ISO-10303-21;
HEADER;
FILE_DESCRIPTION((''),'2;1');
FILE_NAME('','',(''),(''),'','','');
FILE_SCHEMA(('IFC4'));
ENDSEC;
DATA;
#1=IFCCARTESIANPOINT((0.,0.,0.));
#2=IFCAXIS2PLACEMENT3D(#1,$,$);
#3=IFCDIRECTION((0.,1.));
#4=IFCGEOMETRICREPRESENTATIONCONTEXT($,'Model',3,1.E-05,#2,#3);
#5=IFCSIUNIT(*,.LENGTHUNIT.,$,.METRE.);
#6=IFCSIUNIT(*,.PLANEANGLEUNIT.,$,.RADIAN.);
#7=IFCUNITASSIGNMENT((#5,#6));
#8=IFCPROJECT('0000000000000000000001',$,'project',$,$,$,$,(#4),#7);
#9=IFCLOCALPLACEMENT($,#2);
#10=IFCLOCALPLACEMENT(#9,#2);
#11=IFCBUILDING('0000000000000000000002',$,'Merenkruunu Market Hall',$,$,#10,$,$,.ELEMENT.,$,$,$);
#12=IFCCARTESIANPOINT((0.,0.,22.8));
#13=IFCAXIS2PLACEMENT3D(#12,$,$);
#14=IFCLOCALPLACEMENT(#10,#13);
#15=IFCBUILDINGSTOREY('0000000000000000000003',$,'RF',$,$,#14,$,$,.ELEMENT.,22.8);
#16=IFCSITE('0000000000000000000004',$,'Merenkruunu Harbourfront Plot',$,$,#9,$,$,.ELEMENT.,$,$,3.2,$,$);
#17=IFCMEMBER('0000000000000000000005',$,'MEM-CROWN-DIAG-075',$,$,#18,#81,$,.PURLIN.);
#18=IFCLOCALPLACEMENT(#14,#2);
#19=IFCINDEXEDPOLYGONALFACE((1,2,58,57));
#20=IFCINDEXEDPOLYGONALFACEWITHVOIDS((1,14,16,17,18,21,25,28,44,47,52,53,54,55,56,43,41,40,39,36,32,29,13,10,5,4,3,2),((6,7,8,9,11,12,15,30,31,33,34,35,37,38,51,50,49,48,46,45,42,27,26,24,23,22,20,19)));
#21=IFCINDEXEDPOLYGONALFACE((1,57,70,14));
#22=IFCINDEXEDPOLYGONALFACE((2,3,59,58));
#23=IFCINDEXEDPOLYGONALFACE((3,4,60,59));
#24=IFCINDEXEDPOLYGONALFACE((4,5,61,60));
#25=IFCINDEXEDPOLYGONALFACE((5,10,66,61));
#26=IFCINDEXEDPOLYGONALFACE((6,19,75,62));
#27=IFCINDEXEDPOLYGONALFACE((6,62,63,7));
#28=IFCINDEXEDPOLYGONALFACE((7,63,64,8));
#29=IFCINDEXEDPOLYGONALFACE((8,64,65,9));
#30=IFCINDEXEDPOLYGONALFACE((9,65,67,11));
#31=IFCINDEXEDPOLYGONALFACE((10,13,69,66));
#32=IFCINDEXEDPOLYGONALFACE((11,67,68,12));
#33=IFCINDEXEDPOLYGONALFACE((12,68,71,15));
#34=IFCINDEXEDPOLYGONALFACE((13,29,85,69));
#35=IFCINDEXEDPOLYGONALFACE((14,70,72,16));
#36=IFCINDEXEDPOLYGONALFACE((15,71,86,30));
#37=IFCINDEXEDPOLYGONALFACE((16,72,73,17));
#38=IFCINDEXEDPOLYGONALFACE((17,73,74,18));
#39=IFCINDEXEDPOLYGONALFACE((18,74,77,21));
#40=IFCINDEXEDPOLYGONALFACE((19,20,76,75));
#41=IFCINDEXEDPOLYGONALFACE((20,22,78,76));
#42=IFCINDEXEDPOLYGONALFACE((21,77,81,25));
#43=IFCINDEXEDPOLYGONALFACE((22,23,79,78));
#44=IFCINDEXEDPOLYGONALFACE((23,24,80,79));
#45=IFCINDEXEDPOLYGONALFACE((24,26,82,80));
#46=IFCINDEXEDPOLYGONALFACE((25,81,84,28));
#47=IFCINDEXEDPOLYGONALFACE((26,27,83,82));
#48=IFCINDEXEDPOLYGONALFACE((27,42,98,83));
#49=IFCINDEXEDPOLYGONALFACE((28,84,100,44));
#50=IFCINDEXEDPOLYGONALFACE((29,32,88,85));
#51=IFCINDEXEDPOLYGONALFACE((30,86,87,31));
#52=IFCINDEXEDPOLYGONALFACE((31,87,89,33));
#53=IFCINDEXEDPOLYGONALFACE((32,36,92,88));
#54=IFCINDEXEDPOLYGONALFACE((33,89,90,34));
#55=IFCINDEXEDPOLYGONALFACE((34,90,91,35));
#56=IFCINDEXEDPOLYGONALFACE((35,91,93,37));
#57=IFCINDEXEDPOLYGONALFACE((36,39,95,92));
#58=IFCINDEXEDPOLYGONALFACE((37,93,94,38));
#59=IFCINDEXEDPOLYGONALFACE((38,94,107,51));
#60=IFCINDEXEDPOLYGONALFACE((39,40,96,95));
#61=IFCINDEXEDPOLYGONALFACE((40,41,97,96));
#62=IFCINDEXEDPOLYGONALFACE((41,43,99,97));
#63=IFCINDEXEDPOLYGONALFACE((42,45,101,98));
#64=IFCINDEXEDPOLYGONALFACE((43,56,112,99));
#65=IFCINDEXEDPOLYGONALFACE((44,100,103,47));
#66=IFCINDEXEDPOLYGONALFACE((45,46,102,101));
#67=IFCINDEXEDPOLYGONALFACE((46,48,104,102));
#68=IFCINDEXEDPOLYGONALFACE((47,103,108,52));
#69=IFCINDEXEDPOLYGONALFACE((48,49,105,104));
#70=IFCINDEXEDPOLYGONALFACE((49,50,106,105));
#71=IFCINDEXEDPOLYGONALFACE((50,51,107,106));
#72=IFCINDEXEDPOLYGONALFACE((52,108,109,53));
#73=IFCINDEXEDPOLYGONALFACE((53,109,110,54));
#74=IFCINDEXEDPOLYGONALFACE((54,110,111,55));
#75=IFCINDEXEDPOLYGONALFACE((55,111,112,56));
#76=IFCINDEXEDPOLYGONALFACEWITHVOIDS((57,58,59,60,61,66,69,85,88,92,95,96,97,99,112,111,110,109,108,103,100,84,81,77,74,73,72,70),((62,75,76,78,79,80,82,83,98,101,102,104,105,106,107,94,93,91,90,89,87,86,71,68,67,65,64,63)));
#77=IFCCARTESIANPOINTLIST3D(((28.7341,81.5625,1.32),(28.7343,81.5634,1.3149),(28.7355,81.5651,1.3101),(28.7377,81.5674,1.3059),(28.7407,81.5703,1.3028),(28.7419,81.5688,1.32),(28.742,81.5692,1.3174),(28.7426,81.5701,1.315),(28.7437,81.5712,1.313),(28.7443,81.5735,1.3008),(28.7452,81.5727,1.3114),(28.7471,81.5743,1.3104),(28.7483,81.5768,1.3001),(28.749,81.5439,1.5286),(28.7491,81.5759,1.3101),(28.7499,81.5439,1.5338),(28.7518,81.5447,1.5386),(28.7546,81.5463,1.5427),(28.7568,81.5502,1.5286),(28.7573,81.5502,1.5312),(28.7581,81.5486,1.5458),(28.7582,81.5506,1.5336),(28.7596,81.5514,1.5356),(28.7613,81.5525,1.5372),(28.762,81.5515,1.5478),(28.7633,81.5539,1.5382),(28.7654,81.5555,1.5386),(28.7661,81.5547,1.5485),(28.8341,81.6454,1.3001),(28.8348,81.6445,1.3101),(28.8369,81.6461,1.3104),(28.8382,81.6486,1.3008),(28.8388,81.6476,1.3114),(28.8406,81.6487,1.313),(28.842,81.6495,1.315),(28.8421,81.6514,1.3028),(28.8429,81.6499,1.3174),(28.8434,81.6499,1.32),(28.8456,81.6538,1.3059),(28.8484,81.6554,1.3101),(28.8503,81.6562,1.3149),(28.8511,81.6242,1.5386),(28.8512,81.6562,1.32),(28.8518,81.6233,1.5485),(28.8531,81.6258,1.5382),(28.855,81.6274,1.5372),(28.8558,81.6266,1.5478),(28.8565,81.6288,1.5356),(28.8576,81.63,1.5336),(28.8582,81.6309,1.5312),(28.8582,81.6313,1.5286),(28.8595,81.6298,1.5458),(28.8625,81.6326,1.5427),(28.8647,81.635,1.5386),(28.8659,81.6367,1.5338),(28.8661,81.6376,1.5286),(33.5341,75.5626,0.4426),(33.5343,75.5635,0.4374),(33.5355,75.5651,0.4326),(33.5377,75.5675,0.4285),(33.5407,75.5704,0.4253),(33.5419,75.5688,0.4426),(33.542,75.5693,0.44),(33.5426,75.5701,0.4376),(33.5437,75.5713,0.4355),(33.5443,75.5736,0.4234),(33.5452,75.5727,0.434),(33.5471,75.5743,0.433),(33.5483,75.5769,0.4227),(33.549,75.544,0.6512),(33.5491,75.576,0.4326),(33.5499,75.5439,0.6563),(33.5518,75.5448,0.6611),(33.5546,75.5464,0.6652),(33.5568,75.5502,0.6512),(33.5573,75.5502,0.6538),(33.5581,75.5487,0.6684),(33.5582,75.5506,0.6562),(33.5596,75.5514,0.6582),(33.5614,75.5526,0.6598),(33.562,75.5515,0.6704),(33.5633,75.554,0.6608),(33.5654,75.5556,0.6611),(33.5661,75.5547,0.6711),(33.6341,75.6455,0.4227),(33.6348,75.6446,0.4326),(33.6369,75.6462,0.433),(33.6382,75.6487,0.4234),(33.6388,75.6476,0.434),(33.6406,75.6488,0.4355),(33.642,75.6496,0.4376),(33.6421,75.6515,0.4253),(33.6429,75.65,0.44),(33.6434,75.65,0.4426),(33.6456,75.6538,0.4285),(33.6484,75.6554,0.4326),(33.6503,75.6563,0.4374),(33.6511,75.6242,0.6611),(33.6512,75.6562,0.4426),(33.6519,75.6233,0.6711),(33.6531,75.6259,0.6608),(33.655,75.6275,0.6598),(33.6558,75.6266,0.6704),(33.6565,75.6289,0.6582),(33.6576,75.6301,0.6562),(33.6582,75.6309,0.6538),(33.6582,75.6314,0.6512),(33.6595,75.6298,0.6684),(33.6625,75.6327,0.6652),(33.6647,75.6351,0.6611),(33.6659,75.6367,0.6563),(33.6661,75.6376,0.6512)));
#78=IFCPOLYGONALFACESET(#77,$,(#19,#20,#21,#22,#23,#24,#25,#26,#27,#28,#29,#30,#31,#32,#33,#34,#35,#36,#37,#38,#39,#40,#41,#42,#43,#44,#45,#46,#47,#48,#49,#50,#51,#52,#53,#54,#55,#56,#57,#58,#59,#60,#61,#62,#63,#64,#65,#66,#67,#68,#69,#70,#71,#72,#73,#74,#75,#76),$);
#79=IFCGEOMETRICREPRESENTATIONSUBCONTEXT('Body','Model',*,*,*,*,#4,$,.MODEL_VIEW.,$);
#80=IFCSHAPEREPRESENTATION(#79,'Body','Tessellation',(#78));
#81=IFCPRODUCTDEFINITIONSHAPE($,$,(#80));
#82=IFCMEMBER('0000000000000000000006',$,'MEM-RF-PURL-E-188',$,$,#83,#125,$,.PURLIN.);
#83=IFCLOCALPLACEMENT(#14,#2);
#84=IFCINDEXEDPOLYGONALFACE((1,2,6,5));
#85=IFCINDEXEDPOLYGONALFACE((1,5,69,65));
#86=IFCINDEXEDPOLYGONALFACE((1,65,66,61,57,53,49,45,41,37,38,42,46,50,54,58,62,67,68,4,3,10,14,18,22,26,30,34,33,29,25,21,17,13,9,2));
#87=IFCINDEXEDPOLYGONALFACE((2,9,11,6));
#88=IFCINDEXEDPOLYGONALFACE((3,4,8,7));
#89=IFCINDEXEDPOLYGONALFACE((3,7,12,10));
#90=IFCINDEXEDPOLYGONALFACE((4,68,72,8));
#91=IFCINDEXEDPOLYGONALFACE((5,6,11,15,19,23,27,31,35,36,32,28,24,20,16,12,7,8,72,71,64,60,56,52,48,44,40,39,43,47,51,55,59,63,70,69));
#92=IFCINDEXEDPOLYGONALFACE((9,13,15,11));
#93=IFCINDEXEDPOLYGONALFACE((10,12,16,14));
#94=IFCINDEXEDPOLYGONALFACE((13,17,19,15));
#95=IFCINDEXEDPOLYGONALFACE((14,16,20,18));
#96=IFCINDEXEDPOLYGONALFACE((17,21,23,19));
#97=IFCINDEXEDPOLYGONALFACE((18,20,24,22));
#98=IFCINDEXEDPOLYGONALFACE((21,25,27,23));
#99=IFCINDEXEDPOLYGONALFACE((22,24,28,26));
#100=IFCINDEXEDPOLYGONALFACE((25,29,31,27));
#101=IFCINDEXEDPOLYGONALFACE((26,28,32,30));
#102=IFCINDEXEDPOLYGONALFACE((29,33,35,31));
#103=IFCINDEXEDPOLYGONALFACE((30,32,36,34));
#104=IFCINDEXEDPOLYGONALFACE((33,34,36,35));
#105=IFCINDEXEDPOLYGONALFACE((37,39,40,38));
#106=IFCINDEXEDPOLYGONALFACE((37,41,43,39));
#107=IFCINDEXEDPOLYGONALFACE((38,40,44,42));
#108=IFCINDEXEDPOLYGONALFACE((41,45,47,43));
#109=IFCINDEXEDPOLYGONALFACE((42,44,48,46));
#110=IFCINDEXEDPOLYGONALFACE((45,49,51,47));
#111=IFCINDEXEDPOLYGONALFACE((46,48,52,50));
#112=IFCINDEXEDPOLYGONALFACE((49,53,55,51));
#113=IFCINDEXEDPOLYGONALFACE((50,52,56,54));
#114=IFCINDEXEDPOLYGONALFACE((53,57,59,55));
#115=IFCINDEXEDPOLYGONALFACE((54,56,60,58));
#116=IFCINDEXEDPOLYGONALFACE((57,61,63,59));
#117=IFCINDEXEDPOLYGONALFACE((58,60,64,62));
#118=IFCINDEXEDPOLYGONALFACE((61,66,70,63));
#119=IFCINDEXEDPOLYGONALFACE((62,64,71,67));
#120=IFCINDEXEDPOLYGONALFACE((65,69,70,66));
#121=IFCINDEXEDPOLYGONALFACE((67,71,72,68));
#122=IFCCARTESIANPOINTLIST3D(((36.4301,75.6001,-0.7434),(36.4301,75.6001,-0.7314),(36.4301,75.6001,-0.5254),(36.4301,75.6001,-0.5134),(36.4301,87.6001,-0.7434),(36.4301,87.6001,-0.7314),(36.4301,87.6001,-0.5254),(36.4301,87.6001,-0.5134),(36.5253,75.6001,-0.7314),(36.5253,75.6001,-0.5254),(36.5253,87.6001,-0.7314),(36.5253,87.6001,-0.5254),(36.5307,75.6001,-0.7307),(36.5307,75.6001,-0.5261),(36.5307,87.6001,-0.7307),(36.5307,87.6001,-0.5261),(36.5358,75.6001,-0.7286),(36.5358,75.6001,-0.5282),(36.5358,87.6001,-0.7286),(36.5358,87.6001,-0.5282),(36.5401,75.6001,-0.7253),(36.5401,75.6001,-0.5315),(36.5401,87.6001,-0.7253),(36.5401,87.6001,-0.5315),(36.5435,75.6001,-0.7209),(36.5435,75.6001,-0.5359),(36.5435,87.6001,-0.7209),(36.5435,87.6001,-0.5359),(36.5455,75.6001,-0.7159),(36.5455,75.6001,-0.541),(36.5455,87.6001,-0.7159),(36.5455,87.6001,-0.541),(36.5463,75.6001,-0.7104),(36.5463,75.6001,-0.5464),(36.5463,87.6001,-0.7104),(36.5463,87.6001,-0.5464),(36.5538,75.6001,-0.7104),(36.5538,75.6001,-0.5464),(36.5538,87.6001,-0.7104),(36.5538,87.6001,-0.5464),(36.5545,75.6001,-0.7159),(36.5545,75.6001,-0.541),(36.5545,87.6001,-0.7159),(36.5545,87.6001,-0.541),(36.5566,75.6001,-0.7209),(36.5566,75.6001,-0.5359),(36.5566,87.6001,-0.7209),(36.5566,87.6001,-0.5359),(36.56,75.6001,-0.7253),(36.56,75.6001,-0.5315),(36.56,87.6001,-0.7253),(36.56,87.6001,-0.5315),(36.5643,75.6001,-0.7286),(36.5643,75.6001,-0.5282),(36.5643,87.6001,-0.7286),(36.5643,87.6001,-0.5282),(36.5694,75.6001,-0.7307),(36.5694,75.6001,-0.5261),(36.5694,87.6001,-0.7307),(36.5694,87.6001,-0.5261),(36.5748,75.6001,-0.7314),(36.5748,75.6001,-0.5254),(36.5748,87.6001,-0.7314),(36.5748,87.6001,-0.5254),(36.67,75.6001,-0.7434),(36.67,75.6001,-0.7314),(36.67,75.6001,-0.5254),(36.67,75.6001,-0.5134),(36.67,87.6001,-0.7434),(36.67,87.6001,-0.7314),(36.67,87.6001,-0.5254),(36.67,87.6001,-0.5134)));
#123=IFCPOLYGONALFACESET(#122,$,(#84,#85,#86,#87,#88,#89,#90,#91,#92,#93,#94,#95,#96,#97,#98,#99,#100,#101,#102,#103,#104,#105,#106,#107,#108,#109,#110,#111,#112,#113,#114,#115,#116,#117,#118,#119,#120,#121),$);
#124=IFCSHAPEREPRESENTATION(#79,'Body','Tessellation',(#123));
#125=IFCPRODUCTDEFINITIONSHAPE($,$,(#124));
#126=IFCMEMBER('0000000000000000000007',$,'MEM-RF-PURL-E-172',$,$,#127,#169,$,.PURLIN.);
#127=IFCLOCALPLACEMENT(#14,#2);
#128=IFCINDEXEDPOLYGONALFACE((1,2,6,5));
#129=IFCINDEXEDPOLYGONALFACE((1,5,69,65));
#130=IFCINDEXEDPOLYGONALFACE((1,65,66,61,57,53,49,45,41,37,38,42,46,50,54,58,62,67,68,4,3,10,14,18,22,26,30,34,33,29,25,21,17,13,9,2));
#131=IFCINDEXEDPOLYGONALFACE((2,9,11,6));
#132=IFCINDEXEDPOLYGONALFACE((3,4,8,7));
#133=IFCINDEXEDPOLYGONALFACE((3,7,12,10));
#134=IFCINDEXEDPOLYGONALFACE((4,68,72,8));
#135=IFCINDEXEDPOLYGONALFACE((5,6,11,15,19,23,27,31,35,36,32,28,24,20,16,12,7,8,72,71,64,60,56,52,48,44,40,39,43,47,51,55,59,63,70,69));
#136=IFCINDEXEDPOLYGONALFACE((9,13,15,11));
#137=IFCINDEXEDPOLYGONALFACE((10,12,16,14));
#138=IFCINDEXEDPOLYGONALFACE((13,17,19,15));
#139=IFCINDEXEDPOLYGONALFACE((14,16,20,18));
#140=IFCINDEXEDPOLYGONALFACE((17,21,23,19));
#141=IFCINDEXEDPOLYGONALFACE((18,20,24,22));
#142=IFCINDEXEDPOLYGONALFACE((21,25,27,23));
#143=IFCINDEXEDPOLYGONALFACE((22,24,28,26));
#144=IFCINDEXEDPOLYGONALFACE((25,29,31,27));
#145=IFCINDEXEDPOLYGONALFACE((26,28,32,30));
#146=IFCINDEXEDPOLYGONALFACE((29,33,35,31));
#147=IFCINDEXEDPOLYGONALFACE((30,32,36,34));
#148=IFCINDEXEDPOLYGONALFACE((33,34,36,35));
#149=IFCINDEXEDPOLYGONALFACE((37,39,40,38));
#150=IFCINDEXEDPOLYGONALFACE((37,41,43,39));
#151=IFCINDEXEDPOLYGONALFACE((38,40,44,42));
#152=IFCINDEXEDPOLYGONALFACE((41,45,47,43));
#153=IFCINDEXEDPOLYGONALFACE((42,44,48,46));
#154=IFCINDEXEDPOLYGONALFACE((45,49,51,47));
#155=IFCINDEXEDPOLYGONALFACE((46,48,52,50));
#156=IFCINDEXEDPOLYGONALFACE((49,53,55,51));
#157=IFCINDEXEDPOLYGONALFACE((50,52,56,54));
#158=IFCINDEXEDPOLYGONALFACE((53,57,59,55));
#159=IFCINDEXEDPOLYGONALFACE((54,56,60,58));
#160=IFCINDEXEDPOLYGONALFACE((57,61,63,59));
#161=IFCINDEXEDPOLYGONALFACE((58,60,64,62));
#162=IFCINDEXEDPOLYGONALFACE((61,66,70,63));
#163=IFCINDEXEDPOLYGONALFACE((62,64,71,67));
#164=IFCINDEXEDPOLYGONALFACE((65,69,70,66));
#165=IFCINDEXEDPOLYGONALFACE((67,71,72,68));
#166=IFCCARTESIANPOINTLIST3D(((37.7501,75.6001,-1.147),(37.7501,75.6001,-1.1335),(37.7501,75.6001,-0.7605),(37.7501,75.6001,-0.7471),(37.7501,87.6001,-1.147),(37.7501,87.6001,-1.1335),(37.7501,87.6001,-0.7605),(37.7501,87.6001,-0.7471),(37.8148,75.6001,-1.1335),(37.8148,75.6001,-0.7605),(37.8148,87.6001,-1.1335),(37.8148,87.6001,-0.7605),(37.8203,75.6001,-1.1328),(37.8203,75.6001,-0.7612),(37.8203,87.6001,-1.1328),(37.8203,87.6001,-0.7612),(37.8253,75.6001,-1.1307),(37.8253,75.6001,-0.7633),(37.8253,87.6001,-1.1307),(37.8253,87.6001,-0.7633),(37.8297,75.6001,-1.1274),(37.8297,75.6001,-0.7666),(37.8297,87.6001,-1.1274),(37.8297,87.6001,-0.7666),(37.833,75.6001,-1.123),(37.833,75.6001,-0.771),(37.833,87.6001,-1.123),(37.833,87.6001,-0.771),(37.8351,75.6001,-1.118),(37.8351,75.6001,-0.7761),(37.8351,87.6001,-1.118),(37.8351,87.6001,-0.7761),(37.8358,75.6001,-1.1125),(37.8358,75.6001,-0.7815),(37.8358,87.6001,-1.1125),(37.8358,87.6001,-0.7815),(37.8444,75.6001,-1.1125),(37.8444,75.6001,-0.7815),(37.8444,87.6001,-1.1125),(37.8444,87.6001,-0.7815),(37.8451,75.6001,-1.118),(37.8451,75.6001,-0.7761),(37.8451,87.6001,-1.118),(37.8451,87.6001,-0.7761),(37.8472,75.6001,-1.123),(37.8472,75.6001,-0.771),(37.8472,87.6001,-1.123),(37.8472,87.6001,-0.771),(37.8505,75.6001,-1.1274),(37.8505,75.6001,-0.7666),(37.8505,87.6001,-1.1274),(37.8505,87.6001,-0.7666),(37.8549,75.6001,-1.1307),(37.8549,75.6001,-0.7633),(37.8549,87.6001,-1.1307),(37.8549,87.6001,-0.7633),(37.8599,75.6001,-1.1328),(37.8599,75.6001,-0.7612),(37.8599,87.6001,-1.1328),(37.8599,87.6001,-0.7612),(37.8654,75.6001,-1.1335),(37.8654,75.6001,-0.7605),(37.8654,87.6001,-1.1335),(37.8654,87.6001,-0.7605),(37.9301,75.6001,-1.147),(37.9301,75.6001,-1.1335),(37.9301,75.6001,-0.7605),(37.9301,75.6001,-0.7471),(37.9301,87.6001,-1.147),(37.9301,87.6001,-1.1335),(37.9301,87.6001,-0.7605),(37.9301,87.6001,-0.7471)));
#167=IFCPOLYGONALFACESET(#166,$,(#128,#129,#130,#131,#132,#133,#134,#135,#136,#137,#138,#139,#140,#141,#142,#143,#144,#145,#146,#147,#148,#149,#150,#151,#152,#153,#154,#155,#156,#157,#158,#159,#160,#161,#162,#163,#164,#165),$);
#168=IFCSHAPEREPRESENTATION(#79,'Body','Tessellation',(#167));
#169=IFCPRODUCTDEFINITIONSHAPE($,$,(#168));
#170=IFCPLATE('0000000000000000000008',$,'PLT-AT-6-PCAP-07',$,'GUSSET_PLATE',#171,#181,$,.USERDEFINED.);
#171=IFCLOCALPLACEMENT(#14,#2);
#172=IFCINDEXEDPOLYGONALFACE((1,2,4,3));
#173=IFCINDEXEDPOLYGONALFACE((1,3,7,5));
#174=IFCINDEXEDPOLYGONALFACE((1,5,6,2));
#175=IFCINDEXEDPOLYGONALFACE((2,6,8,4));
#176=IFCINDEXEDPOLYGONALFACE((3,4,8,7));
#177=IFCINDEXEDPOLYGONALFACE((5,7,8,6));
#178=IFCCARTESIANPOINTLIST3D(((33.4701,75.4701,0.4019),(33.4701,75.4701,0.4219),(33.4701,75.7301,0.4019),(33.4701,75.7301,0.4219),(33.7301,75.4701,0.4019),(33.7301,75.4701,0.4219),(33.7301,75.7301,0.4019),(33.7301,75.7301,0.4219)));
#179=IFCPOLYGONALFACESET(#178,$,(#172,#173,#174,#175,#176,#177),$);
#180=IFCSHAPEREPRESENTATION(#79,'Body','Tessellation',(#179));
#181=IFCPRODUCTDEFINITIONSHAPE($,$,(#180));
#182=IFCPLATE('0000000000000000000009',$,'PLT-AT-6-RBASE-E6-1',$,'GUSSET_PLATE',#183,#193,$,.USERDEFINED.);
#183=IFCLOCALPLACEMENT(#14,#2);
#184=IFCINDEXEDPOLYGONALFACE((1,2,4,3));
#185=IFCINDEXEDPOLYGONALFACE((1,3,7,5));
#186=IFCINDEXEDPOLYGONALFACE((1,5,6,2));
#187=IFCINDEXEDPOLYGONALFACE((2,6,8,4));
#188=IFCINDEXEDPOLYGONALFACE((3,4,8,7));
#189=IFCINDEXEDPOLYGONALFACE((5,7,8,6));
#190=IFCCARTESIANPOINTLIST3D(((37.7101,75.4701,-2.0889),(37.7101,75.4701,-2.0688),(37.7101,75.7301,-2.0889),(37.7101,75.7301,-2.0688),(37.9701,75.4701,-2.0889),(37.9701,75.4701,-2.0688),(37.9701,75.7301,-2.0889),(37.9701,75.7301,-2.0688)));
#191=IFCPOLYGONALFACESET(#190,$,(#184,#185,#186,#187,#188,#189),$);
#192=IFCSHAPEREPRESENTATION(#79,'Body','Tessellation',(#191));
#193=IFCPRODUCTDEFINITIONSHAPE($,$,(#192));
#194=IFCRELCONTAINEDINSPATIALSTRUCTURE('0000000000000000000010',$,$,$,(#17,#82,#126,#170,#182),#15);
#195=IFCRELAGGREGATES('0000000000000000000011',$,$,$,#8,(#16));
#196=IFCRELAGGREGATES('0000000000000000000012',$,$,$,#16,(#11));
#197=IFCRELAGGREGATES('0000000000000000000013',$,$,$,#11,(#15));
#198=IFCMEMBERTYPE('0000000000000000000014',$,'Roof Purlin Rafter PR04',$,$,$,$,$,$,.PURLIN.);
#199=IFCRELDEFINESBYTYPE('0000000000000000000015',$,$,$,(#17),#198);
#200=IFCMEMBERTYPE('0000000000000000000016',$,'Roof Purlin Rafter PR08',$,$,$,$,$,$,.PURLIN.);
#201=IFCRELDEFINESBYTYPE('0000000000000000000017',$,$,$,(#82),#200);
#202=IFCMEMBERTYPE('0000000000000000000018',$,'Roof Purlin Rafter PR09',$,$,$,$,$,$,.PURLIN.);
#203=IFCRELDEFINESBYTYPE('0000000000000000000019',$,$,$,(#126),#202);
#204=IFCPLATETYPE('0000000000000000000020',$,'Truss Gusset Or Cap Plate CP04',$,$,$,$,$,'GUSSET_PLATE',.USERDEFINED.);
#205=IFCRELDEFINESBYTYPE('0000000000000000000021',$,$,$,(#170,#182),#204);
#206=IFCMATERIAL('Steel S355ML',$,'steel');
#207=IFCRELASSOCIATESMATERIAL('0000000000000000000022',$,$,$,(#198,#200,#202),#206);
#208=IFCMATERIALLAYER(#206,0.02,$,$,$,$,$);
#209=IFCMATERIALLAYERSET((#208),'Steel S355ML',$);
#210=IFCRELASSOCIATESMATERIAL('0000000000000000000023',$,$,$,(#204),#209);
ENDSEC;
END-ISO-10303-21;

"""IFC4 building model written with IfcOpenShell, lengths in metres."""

from ifc_helpers import new_model, si_unit, direction, frame, origin, origin_2d, place, context, subcontext, project, spatial, rectangle, hollow_rectangle, i_section, extrude, material, layer, layer_set, material_profile, profile_set, type_object, element, save


model = new_model("IFC4")

# Units and contexts
model_context = context("Model", 3, precision=1e-05, world=origin(), true_north=direction((0.0, 1.0)))
body_context = subcontext(model_context, "Body", "Model", "MODEL_VIEW")
ifc_project = project(units=[si_unit("LENGTHUNIT", "METRE"), si_unit("PLANEANGLEUNIT", "RADIAN")], contexts=[model_context])

# Site, building, storey
site_placement = place(None, origin())
site = spatial("IfcSite", under=ifc_project, at=site_placement, Name="Merenkruunu Harbourfront Plot", CompositionType="ELEMENT", RefElevation=3.2)
building_placement = place(site_placement, origin())
building = spatial("IfcBuilding", under=site, at=building_placement, Name="Merenkruunu Market Hall", CompositionType="ELEMENT")
storey_placement = place(building_placement, frame((0.0, 0.0, 22.8)))
storey = spatial("IfcBuildingStorey", under=building, at=storey_placement, Name="RF", CompositionType="ELEMENT", Elevation=22.8)

# Members
ifc_material_1 = material(Name="Steel S355ML", Category="steel")
ifc_material_profile_1 = material_profile(ifc_material_1, hollow_rectangle(XDim=0.1499, YDim=0.25, WallThickness=0.01, InnerFilletRadius=0.01, OuterFilletRadius=0.02, at=origin_2d()), Name="RHS 250x150x10")
ifc_profile_set_1 = profile_set([ifc_material_profile_1], Name="Steel S355ML")
member_type_1 = type_object("IfcMemberType", Name="Roof Purlin Rafter PR04", PredefinedType="PURLIN", material=ifc_profile_set_1)
member_1_placement = place(storey_placement, frame((33.6001, 75.6001, 0.5469), z_axis=(-0.620665, 0.775824, 0.113457), x_axis=(-0.780866, -0.624699, 0.0)))
element("IfcMember", 1, at=member_1_placement, inside=storey, type_object=member_type_1, Name="MEM-CROWN-DIAG-075", PredefinedType="PURLIN", context=body_context, shape_type="SweptSolid", body=[
    extrude(hollow_rectangle(XDim=0.1499, YDim=0.25, WallThickness=0.01, InnerFilletRadius=0.01, OuterFilletRadius=0.02, at=origin_2d()), origin(), (0.0, 0.0, 1.0), 7.7336),
])
ifc_material_profile_2 = material_profile(ifc_material_1, i_section(OverallWidth=0.24, OverallDepth=0.23, WebThickness=0.0076, FlangeThickness=0.012, FilletRadius=0.021, at=origin_2d()), Name="HEA 240")
ifc_profile_set_2 = profile_set([ifc_material_profile_2], Name="Steel S355ML")
member_type_2 = type_object("IfcMemberType", Name="Roof Purlin Rafter PR08", PredefinedType="PURLIN", material=ifc_profile_set_2)
member_2_placement = place(storey_placement, frame((36.55, 75.6001, -0.6284), z_axis=(0.0, 1.0, 0.0), x_axis=(-1.0, 0.0, 0.0)))
element("IfcMember", 2, at=member_2_placement, inside=storey, type_object=member_type_2, Name="MEM-RF-PURL-E-188", PredefinedType="PURLIN", context=body_context, shape_type="SweptSolid", body=[
    extrude(i_section(OverallWidth=0.24, OverallDepth=0.23, WebThickness=0.0076, FlangeThickness=0.012, FilletRadius=0.021, at=origin_2d()), origin(), (0.0, 0.0, 1.0), 12.0),
])
ifc_material_profile_3 = material_profile(ifc_material_1, i_section(OverallWidth=0.1799, OverallDepth=0.3999, WebThickness=0.0085, FlangeThickness=0.0134, FilletRadius=0.021, at=origin_2d()), Name="IPE 400")
ifc_profile_set_3 = profile_set([ifc_material_profile_3], Name="Steel S355ML")
member_type_3 = type_object("IfcMemberType", Name="Roof Purlin Rafter PR09", PredefinedType="PURLIN", material=ifc_profile_set_3)
member_3_placement = place(storey_placement, frame((37.8401, 75.6001, -0.947), z_axis=(0.0, 1.0, 0.0), x_axis=(-1.0, 0.0, 0.0)))
element("IfcMember", 3, at=member_3_placement, inside=storey, type_object=member_type_3, Name="MEM-RF-PURL-E-172", PredefinedType="PURLIN", context=body_context, shape_type="SweptSolid", body=[
    extrude(i_section(OverallWidth=0.1799, OverallDepth=0.3999, WebThickness=0.0085, FlangeThickness=0.0134, FilletRadius=0.021, at=origin_2d()), origin(), (0.0, 0.0, 1.0), 12.0),
])

# Plates
ifc_layer_1 = layer(ifc_material_1, 0.02)
ifc_layer_set_1 = layer_set([ifc_layer_1], Name="Steel S355ML")
plate_type_1 = type_object("IfcPlateType", Name="Truss Gusset Or Cap Plate CP04", ElementType="GUSSET_PLATE", PredefinedType="USERDEFINED", material=ifc_layer_set_1)
for number, where, z_axis, x_axis, name in (
    (4, (33.6001, 75.6001, 0.4019), (0.0, 0.0, 1.0), (1.0, 0.0, 0.0), "PLT-AT-6-PCAP-07"),
    (5, (37.8401, 75.6001, -2.0889), (0.0, 0.0, 1.0), (1.0, 0.0, 0.0), "PLT-AT-6-RBASE-E6-1"),
):
    element("IfcPlate", number, at=place(storey_placement, frame(where, z_axis=z_axis, x_axis=x_axis)), inside=storey, type_object=plate_type_1, Name=name, ObjectType="GUSSET_PLATE", PredefinedType="USERDEFINED", context=body_context, shape_type="SweptSolid", body=[
        extrude(rectangle(XDim=0.26, YDim=0.26, at=origin_2d()), origin(), (0.0, 0.0, 1.0), 0.02),
    ])

save(model, "model.ifc")
